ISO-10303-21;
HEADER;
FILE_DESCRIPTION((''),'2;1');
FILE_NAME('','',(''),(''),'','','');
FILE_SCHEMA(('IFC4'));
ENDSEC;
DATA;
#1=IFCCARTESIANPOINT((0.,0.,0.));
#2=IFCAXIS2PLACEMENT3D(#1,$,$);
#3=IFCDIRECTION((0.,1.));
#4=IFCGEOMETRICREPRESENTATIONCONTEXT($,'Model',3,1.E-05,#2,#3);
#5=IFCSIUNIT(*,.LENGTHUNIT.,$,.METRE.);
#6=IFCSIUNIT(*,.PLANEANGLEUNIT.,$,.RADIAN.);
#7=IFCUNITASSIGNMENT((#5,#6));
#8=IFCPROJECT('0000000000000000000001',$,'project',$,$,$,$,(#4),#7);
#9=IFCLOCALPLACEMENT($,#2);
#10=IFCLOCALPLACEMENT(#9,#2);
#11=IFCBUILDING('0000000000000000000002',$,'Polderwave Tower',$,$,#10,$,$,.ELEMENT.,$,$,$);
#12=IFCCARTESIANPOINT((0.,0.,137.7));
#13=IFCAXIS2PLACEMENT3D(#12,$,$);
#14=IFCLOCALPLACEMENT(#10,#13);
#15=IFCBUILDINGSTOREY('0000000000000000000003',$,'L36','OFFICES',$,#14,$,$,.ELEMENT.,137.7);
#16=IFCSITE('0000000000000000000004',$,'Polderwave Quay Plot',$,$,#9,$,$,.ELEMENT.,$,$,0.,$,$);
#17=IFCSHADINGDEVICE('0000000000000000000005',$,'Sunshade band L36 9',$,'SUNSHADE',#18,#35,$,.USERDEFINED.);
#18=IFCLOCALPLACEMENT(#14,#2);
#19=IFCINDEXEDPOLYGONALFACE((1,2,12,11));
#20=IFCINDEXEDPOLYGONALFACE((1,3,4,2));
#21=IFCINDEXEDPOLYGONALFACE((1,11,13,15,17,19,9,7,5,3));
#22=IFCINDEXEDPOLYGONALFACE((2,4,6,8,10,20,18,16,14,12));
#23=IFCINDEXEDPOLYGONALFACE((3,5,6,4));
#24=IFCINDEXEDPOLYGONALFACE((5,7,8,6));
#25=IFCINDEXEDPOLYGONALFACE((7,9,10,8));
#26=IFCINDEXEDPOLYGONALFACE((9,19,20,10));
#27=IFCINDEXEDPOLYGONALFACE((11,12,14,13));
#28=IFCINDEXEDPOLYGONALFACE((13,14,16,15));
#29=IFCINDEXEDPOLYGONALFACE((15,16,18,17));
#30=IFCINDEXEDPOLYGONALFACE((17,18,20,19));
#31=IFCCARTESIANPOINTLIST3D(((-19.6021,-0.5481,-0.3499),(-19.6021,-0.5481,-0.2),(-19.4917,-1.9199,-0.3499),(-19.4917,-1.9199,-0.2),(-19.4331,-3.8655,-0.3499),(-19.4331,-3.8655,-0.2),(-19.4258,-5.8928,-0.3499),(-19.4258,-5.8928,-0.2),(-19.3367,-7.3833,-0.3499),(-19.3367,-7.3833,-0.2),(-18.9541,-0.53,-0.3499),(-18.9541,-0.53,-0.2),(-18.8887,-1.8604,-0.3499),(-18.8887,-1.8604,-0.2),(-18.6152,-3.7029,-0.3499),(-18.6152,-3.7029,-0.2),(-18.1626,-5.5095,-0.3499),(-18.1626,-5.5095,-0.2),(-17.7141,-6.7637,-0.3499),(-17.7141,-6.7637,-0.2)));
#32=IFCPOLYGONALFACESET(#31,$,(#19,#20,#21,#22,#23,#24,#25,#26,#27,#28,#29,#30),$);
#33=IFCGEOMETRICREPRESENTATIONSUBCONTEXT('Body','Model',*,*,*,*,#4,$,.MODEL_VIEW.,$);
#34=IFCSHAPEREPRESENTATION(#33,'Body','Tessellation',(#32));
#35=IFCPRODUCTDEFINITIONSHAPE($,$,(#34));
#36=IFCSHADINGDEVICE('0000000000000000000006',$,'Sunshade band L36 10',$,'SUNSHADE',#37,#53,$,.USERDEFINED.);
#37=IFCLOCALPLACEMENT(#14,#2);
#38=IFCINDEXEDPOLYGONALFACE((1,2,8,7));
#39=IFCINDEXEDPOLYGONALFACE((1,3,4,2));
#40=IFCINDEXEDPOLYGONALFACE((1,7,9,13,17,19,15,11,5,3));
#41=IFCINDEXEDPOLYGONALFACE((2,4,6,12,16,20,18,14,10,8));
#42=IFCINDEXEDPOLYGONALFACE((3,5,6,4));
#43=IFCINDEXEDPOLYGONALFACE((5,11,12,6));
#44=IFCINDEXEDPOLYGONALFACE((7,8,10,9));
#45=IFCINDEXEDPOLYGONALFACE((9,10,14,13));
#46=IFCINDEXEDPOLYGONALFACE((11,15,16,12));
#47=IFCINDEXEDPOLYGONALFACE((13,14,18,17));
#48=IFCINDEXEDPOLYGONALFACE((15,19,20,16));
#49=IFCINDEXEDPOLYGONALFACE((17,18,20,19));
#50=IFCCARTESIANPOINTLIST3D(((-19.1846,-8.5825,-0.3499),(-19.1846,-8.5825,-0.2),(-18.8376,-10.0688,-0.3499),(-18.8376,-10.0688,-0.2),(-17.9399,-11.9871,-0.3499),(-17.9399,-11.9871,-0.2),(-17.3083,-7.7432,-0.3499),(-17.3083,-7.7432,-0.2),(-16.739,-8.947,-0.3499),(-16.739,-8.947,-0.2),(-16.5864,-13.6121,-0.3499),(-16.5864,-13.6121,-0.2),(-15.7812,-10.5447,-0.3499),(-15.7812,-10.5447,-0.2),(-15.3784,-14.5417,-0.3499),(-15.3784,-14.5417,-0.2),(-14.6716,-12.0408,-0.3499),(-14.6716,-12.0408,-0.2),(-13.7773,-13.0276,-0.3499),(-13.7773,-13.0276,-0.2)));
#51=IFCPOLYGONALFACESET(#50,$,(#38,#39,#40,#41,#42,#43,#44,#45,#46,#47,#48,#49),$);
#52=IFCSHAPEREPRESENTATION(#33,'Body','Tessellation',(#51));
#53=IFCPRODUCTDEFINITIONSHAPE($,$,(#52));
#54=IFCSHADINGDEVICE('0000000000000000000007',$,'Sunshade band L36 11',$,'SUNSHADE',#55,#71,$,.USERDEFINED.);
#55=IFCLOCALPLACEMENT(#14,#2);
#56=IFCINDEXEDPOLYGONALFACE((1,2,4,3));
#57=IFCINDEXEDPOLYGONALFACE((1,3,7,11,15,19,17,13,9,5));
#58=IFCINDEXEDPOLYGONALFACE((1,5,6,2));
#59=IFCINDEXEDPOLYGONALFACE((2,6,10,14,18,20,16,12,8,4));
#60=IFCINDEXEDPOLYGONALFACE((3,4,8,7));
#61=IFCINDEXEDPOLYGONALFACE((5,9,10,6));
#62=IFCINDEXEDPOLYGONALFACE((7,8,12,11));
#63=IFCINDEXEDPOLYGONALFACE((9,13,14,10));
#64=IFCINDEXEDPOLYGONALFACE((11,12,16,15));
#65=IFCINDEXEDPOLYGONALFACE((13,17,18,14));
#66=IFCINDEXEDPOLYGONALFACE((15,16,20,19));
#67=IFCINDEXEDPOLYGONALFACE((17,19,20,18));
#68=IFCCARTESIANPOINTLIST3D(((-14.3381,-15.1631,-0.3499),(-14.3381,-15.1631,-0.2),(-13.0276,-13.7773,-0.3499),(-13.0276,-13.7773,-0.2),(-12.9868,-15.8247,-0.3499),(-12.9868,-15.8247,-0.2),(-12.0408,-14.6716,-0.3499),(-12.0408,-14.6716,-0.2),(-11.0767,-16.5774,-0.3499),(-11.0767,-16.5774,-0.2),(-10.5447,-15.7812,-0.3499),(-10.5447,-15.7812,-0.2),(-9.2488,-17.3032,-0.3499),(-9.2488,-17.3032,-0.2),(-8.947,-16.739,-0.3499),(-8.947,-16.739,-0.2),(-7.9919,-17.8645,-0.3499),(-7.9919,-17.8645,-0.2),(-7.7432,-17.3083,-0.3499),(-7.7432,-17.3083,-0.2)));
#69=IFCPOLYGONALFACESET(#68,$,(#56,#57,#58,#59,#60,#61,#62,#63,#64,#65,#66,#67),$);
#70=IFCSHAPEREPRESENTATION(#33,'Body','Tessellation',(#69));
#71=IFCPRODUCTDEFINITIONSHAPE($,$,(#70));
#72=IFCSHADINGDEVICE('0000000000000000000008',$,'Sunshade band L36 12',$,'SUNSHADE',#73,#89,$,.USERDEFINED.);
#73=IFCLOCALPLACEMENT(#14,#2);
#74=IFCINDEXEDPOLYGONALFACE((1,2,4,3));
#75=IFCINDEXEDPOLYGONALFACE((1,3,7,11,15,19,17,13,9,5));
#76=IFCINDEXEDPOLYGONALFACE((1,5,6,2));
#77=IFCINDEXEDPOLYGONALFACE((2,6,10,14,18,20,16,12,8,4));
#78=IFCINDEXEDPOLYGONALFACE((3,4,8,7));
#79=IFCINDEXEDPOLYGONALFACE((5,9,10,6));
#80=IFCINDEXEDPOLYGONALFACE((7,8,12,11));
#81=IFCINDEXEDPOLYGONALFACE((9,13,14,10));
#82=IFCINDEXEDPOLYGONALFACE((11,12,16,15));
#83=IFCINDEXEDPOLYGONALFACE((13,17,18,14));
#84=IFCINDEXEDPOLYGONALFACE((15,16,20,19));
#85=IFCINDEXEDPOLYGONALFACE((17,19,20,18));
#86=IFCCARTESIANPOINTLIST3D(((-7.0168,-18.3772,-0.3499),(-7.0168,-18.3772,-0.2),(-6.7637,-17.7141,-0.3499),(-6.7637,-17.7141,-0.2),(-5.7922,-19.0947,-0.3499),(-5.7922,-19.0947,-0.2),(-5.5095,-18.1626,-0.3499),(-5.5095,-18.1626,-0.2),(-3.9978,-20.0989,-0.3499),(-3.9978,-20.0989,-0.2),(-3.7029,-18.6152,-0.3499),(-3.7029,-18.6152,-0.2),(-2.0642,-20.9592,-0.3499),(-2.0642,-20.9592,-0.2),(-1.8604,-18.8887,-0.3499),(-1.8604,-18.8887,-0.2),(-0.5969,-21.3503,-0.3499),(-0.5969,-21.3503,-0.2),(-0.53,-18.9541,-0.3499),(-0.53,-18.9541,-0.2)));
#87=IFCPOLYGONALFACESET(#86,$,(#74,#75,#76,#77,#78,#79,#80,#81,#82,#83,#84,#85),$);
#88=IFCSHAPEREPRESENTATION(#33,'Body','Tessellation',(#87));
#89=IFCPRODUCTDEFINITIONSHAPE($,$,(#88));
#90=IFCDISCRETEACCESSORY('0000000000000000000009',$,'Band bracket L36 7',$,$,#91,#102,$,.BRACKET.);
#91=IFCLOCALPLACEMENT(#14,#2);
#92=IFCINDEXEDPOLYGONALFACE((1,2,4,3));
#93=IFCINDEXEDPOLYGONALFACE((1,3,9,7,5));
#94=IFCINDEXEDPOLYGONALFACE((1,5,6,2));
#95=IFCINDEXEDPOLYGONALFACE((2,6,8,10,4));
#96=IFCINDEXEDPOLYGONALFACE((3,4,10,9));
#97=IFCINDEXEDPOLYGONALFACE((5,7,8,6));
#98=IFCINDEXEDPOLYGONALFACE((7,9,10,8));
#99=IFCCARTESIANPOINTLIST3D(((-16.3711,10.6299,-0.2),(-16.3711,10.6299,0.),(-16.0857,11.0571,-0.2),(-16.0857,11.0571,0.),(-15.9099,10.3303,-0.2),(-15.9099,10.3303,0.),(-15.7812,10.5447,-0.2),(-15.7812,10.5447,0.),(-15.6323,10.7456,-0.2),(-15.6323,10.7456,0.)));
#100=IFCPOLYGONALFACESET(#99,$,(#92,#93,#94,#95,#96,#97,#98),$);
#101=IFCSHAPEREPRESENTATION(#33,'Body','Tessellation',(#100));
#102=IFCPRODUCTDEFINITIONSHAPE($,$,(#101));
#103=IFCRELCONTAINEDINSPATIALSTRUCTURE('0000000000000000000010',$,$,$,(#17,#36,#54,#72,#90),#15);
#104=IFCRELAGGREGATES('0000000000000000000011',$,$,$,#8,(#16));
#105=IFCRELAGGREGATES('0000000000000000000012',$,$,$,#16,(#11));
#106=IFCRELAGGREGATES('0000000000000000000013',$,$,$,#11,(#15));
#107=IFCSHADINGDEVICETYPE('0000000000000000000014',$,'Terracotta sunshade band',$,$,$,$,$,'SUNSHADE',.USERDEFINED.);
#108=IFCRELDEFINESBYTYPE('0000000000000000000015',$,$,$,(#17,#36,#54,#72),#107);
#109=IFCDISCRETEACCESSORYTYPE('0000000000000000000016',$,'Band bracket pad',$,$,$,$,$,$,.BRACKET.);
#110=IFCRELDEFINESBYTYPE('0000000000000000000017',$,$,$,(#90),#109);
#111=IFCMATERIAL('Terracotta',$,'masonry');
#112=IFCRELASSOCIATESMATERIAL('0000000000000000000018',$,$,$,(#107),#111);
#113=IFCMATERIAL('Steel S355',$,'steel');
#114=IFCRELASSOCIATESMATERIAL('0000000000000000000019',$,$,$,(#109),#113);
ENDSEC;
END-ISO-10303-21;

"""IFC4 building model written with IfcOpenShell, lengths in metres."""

from ifc_helpers import new_model, si_unit, direction, frame, origin, place, context, subcontext, project, spatial, polyline, outline, extrude, material, type_object, element, save


model = new_model("IFC4")

# Units and contexts
model_context = context("Model", 3, precision=1e-05, world=origin(), true_north=direction((0.0, 1.0)))
body_context = subcontext(model_context, "Body", "Model", "MODEL_VIEW")
ifc_project = project(units=[si_unit("LENGTHUNIT", "METRE"), si_unit("PLANEANGLEUNIT", "RADIAN")], contexts=[model_context])

# Site, building, storey
site_placement = place(None, origin())
site = spatial("IfcSite", under=ifc_project, at=site_placement, Name="Polderwave Quay Plot", CompositionType="ELEMENT", RefElevation=0.0)
building_placement = place(site_placement, origin())
building = spatial("IfcBuilding", under=site, at=building_placement, Name="Polderwave Tower", CompositionType="ELEMENT")
storey_placement = place(building_placement, frame((0.0, 0.0, 137.7)))
storey = spatial("IfcBuildingStorey", under=building, at=storey_placement, Name="L36", Description="OFFICES", CompositionType="ELEMENT", Elevation=137.7)

# Shading devices
ifc_material_1 = material(Name="Terracotta", Category="masonry")
shading_device_type = type_object("IfcShadingDeviceType", Name="Terracotta sunshade band", ElementType="SUNSHADE", PredefinedType="USERDEFINED", material=ifc_material_1)
shading_device_1_placement = place(storey_placement, frame((0.0, 0.0, -0.3499)))
element("IfcShadingDevice", 1, at=shading_device_1_placement, inside=storey, type_object=shading_device_type, Name="Sunshade band L36 9", ObjectType="SUNSHADE", PredefinedType="USERDEFINED", context=body_context, shape_type="SweptSolid", body=[
    extrude(outline(polyline([(-18.9541, -0.53), (-18.8887, -1.8604), (-18.6152, -3.7029), (-18.1626, -5.5095), (-17.7141, -6.7637), (-19.3367, -7.3833), (-19.4258, -5.8928), (-19.4331, -3.8655), (-19.4917, -1.9199), (-19.6021, -0.5481), (-18.9541, -0.53)])), origin(), (0.0, 0.0, 1.0), 0.1499),
])
shading_device_2_placement = place(storey_placement, frame((0.0, 0.0, -0.3499)))
element("IfcShadingDevice", 2, at=shading_device_2_placement, inside=storey, type_object=shading_device_type, Name="Sunshade band L36 10", ObjectType="SUNSHADE", PredefinedType="USERDEFINED", context=body_context, shape_type="SweptSolid", body=[
    extrude(outline(polyline([(-17.3083, -7.7432), (-16.739, -8.947), (-15.7812, -10.5447), (-14.6716, -12.0408), (-13.7773, -13.0276), (-15.3784, -14.5417), (-16.5864, -13.6121), (-17.9399, -11.9871), (-18.8376, -10.0688), (-19.1846, -8.5825), (-17.3083, -7.7432)])), origin(), (0.0, 0.0, 1.0), 0.1499),
])
shading_device_3_placement = place(storey_placement, frame((0.0, 0.0, -0.3499)))
element("IfcShadingDevice", 3, at=shading_device_3_placement, inside=storey, type_object=shading_device_type, Name="Sunshade band L36 11", ObjectType="SUNSHADE", PredefinedType="USERDEFINED", context=body_context, shape_type="SweptSolid", body=[
    extrude(outline(polyline([(-13.0276, -13.7773), (-12.0408, -14.6716), (-10.5447, -15.7812), (-8.947, -16.739), (-7.7432, -17.3083), (-7.9919, -17.8645), (-9.2488, -17.3032), (-11.0767, -16.5774), (-12.9868, -15.8247), (-14.3381, -15.1631), (-13.0276, -13.7773)])), origin(), (0.0, 0.0, 1.0), 0.1499),
])
shading_device_4_placement = place(storey_placement, frame((0.0, 0.0, -0.3499)))
element("IfcShadingDevice", 4, at=shading_device_4_placement, inside=storey, type_object=shading_device_type, Name="Sunshade band L36 12", ObjectType="SUNSHADE", PredefinedType="USERDEFINED", context=body_context, shape_type="SweptSolid", body=[
    extrude(outline(polyline([(-6.7637, -17.7141), (-5.5095, -18.1626), (-3.7029, -18.6152), (-1.8604, -18.8887), (-0.53, -18.9541), (-0.5969, -21.3503), (-2.0642, -20.9592), (-3.9978, -20.0989), (-5.7922, -19.0947), (-7.0168, -18.3772), (-6.7637, -17.7141)])), origin(), (0.0, 0.0, 1.0), 0.1499),
])

# Discrete accessory
ifc_material_2 = material(Name="Steel S355", Category="steel")
discrete_accessory_type = type_object("IfcDiscreteAccessoryType", Name="Band bracket pad", PredefinedType="BRACKET", material=ifc_material_2)
discrete_accessory_placement = place(storey_placement, frame((0.0, 0.0, -0.2)))
element("IfcDiscreteAccessory", 5, at=discrete_accessory_placement, inside=storey, type_object=discrete_accessory_type, Name="Band bracket L36 7", PredefinedType="BRACKET", context=body_context, shape_type="SweptSolid", body=[
    extrude(outline(polyline([(-15.6323, 10.7456), (-15.7812, 10.5447), (-15.9099, 10.3303), (-16.3711, 10.6299), (-16.0857, 11.0571), (-15.6323, 10.7456)])), origin(), (0.0, 0.0, 1.0), 0.2),
])

save(model, "model.ifc")
